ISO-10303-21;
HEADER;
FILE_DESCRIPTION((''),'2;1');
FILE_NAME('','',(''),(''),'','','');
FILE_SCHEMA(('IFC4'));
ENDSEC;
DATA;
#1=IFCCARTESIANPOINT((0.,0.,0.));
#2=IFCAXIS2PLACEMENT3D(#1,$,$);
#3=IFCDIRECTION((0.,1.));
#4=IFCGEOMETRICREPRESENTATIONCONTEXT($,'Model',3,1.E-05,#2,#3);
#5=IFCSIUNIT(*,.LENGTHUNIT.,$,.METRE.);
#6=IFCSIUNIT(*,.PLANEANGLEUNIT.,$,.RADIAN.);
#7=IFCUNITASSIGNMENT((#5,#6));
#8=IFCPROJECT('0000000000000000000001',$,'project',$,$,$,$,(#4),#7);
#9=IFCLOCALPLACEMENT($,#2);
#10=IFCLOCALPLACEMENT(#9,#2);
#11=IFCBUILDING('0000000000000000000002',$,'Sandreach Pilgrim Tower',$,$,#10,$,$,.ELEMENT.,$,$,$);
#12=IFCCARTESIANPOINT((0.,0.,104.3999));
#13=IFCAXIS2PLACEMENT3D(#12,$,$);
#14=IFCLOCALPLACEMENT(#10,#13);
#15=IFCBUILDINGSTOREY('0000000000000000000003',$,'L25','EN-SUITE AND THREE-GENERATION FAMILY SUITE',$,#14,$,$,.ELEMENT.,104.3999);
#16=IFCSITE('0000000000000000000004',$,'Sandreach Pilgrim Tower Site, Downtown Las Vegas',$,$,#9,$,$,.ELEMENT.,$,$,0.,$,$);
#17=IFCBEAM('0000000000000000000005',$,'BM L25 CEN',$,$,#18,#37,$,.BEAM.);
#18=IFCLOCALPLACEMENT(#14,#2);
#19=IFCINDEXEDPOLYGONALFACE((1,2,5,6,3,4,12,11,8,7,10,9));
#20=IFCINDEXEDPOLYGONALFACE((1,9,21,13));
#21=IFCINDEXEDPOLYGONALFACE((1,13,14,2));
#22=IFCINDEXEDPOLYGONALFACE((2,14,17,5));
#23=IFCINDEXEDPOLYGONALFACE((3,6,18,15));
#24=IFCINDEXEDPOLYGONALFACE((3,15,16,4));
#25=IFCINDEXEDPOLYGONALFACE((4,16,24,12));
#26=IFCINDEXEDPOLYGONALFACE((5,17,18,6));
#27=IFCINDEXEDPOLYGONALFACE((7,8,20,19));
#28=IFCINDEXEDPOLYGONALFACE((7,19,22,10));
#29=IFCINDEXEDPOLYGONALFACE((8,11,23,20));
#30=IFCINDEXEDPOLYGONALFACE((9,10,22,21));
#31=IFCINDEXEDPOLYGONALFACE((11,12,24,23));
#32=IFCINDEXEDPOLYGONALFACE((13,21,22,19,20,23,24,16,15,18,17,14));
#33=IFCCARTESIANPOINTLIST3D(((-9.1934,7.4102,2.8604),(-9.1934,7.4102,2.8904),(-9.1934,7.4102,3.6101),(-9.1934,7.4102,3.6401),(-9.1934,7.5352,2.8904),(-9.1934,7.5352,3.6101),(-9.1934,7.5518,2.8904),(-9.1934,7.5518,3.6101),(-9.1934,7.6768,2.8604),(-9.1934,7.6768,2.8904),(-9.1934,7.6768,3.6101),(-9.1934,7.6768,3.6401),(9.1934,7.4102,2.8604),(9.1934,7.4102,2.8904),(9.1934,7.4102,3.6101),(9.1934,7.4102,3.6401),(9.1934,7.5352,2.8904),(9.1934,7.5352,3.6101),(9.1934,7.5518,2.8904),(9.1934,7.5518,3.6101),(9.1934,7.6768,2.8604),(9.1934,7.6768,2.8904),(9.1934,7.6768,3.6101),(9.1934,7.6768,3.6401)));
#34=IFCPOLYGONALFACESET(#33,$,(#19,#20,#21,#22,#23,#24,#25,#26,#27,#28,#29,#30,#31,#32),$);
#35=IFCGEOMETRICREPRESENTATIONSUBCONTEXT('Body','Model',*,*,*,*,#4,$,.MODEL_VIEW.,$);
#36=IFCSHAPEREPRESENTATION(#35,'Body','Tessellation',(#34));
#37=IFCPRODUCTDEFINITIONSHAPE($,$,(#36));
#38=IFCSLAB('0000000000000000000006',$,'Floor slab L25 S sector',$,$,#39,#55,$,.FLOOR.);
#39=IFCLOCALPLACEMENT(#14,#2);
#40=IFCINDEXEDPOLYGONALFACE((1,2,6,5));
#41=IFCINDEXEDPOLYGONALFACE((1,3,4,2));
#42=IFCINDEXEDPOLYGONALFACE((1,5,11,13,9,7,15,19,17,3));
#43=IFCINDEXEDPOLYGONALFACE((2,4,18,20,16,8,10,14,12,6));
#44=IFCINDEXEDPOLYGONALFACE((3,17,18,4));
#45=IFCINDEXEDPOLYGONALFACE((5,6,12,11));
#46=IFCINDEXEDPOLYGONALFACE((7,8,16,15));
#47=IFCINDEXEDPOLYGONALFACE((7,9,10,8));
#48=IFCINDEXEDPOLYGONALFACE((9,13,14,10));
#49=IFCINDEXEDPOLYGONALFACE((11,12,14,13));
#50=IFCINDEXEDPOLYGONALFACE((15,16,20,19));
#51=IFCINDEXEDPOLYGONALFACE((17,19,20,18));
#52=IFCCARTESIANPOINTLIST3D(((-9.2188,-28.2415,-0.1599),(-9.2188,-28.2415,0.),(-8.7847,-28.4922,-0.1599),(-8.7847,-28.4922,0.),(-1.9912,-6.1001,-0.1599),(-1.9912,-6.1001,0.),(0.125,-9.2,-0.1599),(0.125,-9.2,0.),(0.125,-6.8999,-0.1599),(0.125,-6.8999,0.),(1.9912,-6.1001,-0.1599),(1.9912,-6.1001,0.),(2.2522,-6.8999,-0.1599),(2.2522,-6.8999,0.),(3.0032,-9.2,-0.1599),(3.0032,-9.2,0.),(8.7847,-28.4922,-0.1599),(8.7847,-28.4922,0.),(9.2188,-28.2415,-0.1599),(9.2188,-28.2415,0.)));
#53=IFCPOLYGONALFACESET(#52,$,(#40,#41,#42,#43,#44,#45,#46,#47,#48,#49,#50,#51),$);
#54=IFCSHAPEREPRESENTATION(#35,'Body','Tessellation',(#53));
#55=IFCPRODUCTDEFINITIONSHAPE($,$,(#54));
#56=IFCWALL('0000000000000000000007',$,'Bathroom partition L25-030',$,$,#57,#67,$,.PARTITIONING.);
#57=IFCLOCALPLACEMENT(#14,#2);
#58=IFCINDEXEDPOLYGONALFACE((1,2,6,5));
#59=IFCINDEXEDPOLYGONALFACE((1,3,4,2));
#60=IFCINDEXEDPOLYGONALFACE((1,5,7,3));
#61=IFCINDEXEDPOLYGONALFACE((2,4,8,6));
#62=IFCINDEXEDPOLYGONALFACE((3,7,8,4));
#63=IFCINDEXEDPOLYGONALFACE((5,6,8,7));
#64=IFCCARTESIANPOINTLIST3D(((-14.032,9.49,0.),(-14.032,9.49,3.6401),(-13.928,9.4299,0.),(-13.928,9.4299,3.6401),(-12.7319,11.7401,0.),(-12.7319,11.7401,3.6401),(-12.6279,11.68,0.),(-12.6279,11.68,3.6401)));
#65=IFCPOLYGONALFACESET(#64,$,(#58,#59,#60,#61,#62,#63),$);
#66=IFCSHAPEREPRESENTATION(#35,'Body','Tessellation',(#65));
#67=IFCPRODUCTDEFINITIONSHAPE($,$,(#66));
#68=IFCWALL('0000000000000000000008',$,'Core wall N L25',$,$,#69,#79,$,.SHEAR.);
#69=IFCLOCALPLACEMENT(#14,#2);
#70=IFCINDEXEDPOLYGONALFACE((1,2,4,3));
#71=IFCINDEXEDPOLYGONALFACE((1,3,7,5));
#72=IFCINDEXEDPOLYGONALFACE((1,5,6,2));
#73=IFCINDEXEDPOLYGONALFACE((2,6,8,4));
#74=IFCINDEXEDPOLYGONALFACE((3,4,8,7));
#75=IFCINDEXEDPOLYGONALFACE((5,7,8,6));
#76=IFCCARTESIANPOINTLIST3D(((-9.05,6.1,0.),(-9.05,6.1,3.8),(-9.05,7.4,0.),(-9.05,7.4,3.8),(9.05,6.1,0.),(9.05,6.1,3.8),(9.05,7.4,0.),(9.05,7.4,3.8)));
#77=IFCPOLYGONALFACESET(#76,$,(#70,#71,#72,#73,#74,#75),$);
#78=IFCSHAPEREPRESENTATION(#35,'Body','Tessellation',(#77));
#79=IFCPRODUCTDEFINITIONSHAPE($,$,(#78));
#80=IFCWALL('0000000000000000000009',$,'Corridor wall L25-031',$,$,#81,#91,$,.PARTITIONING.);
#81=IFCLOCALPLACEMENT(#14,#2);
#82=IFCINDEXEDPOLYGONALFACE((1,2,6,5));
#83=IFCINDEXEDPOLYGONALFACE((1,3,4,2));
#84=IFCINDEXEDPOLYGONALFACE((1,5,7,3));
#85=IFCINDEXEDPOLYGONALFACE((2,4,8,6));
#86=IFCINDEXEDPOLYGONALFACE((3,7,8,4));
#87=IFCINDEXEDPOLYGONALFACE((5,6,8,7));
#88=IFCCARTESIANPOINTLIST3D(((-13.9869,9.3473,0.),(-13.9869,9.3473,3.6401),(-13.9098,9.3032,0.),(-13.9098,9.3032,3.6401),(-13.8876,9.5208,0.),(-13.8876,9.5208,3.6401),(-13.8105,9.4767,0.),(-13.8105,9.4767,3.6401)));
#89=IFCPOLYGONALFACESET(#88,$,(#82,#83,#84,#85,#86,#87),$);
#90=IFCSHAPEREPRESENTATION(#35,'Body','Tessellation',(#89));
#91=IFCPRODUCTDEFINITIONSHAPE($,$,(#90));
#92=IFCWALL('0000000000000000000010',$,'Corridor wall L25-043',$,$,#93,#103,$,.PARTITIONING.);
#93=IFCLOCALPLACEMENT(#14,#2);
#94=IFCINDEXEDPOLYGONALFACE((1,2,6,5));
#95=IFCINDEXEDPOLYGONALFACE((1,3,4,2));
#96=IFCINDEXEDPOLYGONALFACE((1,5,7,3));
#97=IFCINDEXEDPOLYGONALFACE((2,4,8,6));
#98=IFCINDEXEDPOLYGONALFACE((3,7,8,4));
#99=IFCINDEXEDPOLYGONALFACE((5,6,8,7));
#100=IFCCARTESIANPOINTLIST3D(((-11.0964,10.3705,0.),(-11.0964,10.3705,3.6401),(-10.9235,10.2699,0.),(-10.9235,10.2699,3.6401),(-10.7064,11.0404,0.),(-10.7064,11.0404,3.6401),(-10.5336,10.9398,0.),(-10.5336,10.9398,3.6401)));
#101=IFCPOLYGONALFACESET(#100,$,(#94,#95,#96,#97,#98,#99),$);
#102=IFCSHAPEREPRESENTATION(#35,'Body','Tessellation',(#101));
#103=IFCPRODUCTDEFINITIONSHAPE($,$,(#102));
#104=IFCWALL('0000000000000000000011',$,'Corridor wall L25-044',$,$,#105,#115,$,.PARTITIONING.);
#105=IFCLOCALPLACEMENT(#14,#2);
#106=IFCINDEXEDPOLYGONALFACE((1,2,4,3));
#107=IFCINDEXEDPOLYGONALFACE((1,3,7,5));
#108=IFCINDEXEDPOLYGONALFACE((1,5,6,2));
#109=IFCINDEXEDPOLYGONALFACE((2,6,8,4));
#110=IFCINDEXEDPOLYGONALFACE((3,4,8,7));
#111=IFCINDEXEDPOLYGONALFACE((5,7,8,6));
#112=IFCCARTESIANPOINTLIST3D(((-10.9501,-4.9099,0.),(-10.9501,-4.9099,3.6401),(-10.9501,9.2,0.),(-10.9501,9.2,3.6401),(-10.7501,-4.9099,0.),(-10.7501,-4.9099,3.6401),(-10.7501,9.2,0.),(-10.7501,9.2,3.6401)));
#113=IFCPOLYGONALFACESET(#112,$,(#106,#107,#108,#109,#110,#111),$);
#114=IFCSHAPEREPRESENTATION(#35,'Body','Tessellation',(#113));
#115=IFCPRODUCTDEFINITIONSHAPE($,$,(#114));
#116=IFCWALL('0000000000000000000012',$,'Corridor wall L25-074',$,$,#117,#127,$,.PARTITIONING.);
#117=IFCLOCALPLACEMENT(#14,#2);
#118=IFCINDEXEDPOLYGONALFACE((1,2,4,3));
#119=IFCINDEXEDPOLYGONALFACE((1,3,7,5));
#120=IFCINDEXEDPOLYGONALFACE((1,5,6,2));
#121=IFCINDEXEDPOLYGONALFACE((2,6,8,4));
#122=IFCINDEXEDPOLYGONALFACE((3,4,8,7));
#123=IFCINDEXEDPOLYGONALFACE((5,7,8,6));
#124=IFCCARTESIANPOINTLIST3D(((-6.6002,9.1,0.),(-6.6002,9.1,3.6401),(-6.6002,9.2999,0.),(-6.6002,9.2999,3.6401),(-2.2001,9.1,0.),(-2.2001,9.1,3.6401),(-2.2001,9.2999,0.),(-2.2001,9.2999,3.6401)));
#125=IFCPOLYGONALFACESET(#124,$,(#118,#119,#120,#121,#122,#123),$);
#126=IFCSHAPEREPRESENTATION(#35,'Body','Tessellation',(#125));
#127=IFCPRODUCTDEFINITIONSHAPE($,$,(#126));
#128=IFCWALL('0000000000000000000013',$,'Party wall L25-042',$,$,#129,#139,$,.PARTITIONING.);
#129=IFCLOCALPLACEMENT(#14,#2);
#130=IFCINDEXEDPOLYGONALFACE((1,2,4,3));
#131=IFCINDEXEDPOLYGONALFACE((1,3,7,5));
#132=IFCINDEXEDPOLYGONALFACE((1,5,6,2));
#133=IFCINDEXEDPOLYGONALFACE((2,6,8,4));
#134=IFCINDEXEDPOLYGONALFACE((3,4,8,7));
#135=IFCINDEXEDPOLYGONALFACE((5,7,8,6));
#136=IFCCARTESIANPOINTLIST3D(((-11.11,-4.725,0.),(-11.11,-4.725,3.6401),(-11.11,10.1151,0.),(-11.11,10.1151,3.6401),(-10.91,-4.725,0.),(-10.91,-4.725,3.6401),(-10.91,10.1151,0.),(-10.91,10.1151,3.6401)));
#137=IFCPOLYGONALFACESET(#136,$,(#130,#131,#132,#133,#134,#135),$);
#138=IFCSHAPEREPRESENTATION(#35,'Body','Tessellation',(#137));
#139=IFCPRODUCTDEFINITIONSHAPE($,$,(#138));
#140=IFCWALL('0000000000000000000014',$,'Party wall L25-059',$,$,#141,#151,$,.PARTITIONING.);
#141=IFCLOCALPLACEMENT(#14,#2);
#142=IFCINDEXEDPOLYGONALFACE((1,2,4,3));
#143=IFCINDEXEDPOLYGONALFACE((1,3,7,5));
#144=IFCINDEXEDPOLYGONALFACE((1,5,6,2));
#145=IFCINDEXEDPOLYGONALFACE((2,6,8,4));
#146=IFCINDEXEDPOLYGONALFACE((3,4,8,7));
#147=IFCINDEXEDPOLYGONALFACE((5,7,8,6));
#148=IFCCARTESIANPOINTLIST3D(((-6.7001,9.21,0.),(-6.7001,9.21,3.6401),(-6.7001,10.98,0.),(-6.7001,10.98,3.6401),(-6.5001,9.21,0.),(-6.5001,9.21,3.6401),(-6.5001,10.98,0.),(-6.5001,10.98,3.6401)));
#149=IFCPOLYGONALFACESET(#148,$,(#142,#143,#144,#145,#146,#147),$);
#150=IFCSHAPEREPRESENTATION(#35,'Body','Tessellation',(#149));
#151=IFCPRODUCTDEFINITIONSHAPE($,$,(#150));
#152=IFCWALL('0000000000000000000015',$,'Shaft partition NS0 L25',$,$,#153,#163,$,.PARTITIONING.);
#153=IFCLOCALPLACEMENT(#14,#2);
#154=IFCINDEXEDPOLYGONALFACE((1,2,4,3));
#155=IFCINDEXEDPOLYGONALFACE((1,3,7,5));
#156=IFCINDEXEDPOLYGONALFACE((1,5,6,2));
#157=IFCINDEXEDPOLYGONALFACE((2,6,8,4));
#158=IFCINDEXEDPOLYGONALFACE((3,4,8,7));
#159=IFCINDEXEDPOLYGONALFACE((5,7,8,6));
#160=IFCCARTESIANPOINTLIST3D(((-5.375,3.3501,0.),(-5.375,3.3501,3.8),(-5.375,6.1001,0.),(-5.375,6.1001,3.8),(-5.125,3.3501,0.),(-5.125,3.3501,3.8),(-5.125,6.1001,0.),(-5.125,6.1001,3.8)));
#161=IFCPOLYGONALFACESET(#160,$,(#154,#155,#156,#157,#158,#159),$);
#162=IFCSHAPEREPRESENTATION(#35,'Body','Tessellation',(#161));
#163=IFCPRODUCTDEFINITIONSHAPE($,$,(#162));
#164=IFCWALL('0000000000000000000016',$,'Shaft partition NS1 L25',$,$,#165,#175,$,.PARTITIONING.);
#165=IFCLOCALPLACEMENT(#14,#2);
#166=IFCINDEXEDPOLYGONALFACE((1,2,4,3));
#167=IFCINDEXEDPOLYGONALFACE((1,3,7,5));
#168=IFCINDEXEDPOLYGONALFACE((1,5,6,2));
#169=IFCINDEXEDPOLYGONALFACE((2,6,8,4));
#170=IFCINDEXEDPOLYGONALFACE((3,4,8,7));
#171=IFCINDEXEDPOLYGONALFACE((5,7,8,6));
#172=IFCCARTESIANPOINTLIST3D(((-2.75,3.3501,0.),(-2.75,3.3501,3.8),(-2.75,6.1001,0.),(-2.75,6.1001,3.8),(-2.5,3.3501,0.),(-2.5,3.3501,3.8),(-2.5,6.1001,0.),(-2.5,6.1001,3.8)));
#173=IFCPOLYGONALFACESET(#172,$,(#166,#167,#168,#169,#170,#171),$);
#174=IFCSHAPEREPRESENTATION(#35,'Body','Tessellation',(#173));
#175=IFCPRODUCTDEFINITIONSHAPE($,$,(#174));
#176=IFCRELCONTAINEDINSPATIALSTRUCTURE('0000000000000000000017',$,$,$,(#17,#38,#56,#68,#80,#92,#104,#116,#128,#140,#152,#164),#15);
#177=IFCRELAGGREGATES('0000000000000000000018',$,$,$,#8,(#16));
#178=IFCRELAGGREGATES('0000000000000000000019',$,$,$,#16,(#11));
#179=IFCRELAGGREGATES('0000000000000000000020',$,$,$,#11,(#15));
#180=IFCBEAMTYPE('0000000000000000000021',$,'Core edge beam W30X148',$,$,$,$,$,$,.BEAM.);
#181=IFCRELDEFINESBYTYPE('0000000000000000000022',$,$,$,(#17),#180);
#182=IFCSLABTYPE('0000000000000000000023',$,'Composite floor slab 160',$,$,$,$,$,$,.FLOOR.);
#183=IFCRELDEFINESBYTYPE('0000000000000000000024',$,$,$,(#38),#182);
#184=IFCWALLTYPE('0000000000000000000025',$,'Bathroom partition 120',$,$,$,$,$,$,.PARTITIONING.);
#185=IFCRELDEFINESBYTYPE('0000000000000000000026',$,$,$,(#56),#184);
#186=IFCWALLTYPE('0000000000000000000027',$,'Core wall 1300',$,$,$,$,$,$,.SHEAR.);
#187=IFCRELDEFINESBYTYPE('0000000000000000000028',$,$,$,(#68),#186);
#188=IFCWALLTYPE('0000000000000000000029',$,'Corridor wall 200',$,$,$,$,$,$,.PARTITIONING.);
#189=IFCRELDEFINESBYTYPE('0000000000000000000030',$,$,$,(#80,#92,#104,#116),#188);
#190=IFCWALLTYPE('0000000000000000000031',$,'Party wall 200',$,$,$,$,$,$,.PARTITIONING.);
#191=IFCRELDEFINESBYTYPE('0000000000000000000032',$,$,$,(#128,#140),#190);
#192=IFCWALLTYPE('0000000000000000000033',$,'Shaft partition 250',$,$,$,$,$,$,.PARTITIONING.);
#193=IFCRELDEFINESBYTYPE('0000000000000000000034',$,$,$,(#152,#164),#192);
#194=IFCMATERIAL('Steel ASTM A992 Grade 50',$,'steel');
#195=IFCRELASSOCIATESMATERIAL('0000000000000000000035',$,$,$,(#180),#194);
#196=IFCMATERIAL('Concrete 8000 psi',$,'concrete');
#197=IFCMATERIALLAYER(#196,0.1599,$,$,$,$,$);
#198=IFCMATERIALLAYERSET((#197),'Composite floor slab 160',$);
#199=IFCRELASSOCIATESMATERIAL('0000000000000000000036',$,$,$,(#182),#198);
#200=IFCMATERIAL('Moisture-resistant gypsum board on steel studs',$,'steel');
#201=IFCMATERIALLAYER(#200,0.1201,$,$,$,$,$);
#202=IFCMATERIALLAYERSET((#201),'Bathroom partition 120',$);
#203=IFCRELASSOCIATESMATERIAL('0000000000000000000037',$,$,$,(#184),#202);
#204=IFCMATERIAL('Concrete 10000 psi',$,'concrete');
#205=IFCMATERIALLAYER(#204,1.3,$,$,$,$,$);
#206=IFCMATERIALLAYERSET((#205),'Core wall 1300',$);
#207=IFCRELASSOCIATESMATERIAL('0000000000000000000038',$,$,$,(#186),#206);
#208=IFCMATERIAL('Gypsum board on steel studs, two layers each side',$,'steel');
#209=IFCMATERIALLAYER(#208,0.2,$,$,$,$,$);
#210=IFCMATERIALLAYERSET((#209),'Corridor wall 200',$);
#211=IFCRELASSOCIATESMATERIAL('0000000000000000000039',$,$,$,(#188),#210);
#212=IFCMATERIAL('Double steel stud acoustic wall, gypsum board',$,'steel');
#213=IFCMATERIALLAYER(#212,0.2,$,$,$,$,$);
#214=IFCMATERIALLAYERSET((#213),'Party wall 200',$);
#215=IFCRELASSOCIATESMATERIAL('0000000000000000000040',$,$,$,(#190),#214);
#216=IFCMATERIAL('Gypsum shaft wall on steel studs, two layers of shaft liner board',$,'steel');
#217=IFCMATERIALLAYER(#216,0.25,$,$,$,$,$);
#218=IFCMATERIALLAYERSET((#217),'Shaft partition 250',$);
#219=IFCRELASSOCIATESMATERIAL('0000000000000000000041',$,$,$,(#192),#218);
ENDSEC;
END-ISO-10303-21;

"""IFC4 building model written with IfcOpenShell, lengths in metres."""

from ifc_helpers import new_model, si_unit, direction, frame, frame_2d, origin, origin_2d, place, context, subcontext, project, spatial, polyline, rectangle, i_section, outline, extrude, material, layer, layer_set, material_profile, profile_set, type_object, element, save


model = new_model("IFC4")

# Units and contexts
model_context = context("Model", 3, precision=1e-05, world=origin(), true_north=direction((0.0, 1.0)))
body_context = subcontext(model_context, "Body", "Model", "MODEL_VIEW")
ifc_project = project(units=[si_unit("LENGTHUNIT", "METRE"), si_unit("PLANEANGLEUNIT", "RADIAN")], contexts=[model_context])

# Site, building, storey
site_placement = place(None, origin())
site = spatial("IfcSite", under=ifc_project, at=site_placement, Name="Sandreach Pilgrim Tower Site, Downtown Las Vegas", CompositionType="ELEMENT", RefElevation=0.0)
building_placement = place(site_placement, origin())
building = spatial("IfcBuilding", under=site, at=building_placement, Name="Sandreach Pilgrim Tower", CompositionType="ELEMENT")
storey_placement = place(building_placement, frame((0.0, 0.0, 104.3999)))
storey = spatial("IfcBuildingStorey", under=building, at=storey_placement, Name="L25", Description="EN-SUITE AND THREE-GENERATION FAMILY SUITE", CompositionType="ELEMENT", Elevation=104.3999)

# Beam
ifc_material_1 = material(Name="Steel ASTM A992 Grade 50", Category="steel")
ifc_material_profile = material_profile(ifc_material_1, i_section(OverallWidth=0.2666, OverallDepth=0.7798, WebThickness=0.0166, FlangeThickness=0.03, at=origin_2d()), Name="W30X148")
ifc_profile_set = profile_set([ifc_material_profile], Name="Steel ASTM A992 Grade 50")
beam_type = type_object("IfcBeamType", Name="Core edge beam W30X148", PredefinedType="BEAM", material=ifc_profile_set)
beam_placement = place(storey_placement, frame((-9.1934, 7.5435, 3.2502), z_axis=(1.0, 0.0, 0.0), x_axis=(0.0, 1.0, 0.0)))
element("IfcBeam", 1, at=beam_placement, inside=storey, type_object=beam_type, Name="BM L25 CEN", PredefinedType="BEAM", context=body_context, shape_type="SweptSolid", body=[
    extrude(i_section(OverallWidth=0.2666, OverallDepth=0.7798, WebThickness=0.0166, FlangeThickness=0.03, at=origin_2d()), origin(), (0.0, 0.0, 1.0), 18.3867),
])

# Slab
ifc_material_2 = material(Name="Concrete 8000 psi", Category="concrete")
ifc_layer_1 = layer(ifc_material_2, 0.1599)
ifc_layer_set_1 = layer_set([ifc_layer_1], Name="Composite floor slab 160")
slab_type = type_object("IfcSlabType", Name="Composite floor slab 160", PredefinedType="FLOOR", material=ifc_layer_set_1)
slab_placement = place(storey_placement, frame((0.0, 0.0, -0.1599)))
element("IfcSlab", 2, at=slab_placement, inside=storey, type_object=slab_type, Name="Floor slab L25 S sector", PredefinedType="FLOOR", context=body_context, shape_type="SweptSolid", body=[
    extrude(outline(polyline([(8.7847, -28.4922), (-8.7847, -28.4922), (-9.2188, -28.2415), (-1.9912, -6.1001), (1.9912, -6.1001), (2.2522, -6.8999), (0.125, -6.8999), (0.125, -9.2), (3.0032, -9.2), (9.2188, -28.2415), (8.7847, -28.4922)])), origin(), (0.0, 0.0, 1.0), 0.1599),
])

# Wall
ifc_material_3 = material(Name="Moisture-resistant gypsum board on steel studs", Category="steel")
ifc_layer_2 = layer(ifc_material_3, 0.1201)
ifc_layer_set_2 = layer_set([ifc_layer_2], Name="Bathroom partition 120")
wall_type_1 = type_object("IfcWallType", Name="Bathroom partition 120", PredefinedType="PARTITIONING", material=ifc_layer_set_2)
wall_1_placement = place(storey_placement, frame((-13.98, 9.46, 0.0), z_axis=(0.0, 0.0, 1.0), x_axis=(0.500292, 0.865857, 0.0)))
element("IfcWall", 3, at=wall_1_placement, inside=storey, type_object=wall_type_1, Name="Bathroom partition L25-030", PredefinedType="PARTITIONING", context=body_context, shape_type="SweptSolid", body=[
    extrude(rectangle(XDim=2.5986, YDim=0.1201, at=frame_2d((1.2993, 0.0))), origin(), (0.0, 0.0, 1.0), 3.6401),
])

# Walls
ifc_material_4 = material(Name="Concrete 10000 psi", Category="concrete")
ifc_layer_3 = layer(ifc_material_4, 1.3)
ifc_layer_set_3 = layer_set([ifc_layer_3], Name="Core wall 1300")
wall_type_2 = type_object("IfcWallType", Name="Core wall 1300", PredefinedType="SHEAR", material=ifc_layer_set_3)
wall_2_placement = place(storey_placement, frame((-9.05, 6.75, 0.0), z_axis=(0.0, 0.0, 1.0), x_axis=(1.0, 0.0, 0.0)))
element("IfcWall", 4, at=wall_2_placement, inside=storey, type_object=wall_type_2, Name="Core wall N L25", PredefinedType="SHEAR", context=body_context, shape_type="SweptSolid", body=[
    extrude(rectangle(XDim=18.1001, YDim=1.3, at=frame_2d((9.05, 0.0))), origin(), (0.0, 0.0, 1.0), 3.8),
])
ifc_material_5 = material(Name="Gypsum board on steel studs, two layers each side", Category="steel")
ifc_layer_4 = layer(ifc_material_5, 0.2)
ifc_layer_set_4 = layer_set([ifc_layer_4], Name="Corridor wall 200")
wall_type_3 = type_object("IfcWallType", Name="Corridor wall 200", PredefinedType="PARTITIONING", material=ifc_layer_set_4)
wall_3_placement = place(storey_placement, frame((-13.9373, 9.4341, 0.0), z_axis=(0.0, 0.0, 1.0), x_axis=(0.867736, -0.497026, 0.0)))
element("IfcWall", 5, at=wall_3_placement, inside=storey, type_object=wall_type_3, Name="Corridor wall L25-031", PredefinedType="PARTITIONING", context=body_context, shape_type="SweptSolid", body=[
    extrude(rectangle(XDim=0.0889, YDim=0.2, at=frame_2d((0.0444, 0.0))), origin(), (0.0, 0.0, 1.0), 3.6401),
])
wall_4_placement = place(storey_placement, frame((-11.01, 10.3201, 0.0), z_axis=(0.0, 0.0, 1.0), x_axis=(0.503009, 0.864281, 0.0)))
element("IfcWall", 6, at=wall_4_placement, inside=storey, type_object=wall_type_3, Name="Corridor wall L25-043", PredefinedType="PARTITIONING", context=body_context, shape_type="SweptSolid", body=[
    extrude(rectangle(XDim=0.7751, YDim=0.2, at=frame_2d((0.3877, 0.0))), origin(), (0.0, 0.0, 1.0), 3.6401),
])
wall_5_placement = place(storey_placement, frame((-10.8501, 9.2, 0.0), z_axis=(0.0, 0.0, 1.0), x_axis=(0.0, -1.0, 0.0)))
element("IfcWall", 7, at=wall_5_placement, inside=storey, type_object=wall_type_3, Name="Corridor wall L25-044", PredefinedType="PARTITIONING", context=body_context, shape_type="SweptSolid", body=[
    extrude(rectangle(XDim=14.1099, YDim=0.2, at=frame_2d((7.0549, 0.0))), origin(), (0.0, 0.0, 1.0), 3.6401),
])

# Walls
wall_6_placement = place(storey_placement, frame((-2.2, 9.2, 0.0), z_axis=(0.0, 0.0, 1.0), x_axis=(-1.0, 0.0, 0.0)))
element("IfcWall", 8, at=wall_6_placement, inside=storey, type_object=wall_type_3, Name="Corridor wall L25-074", PredefinedType="PARTITIONING", context=body_context, shape_type="SweptSolid", body=[
    extrude(rectangle(XDim=4.4001, YDim=0.2, at=frame_2d((2.2002, 0.0))), origin(), (0.0, 0.0, 1.0), 3.6401),
])
ifc_material_6 = material(Name="Double steel stud acoustic wall, gypsum board", Category="steel")
ifc_layer_5 = layer(ifc_material_6, 0.2)
ifc_layer_set_5 = layer_set([ifc_layer_5], Name="Party wall 200")
wall_type_4 = type_object("IfcWallType", Name="Party wall 200", PredefinedType="PARTITIONING", material=ifc_layer_set_5)
wall_7_placement = place(storey_placement, frame((-11.01, 10.115, 0.0), z_axis=(0.0, 0.0, 1.0), x_axis=(0.0, -1.0, 0.0)))
element("IfcWall", 9, at=wall_7_placement, inside=storey, type_object=wall_type_4, Name="Party wall L25-042", PredefinedType="PARTITIONING", context=body_context, shape_type="SweptSolid", body=[
    extrude(rectangle(XDim=14.8401, YDim=0.2, at=frame_2d((7.4199, 0.0))), origin(), (0.0, 0.0, 1.0), 3.6401),
])
wall_8_placement = place(storey_placement, frame((-6.6001, 10.98, 0.0), z_axis=(0.0, 0.0, 1.0), x_axis=(0.0, -1.0, 0.0)))
element("IfcWall", 10, at=wall_8_placement, inside=storey, type_object=wall_type_4, Name="Party wall L25-059", PredefinedType="PARTITIONING", context=body_context, shape_type="SweptSolid", body=[
    extrude(rectangle(XDim=1.77, YDim=0.2, at=frame_2d((0.885, 0.0))), origin(), (0.0, 0.0, 1.0), 3.6401),
])
ifc_material_7 = material(Name="Gypsum shaft wall on steel studs, two layers of shaft liner board", Category="steel")
ifc_layer_6 = layer(ifc_material_7, 0.25)
ifc_layer_set_6 = layer_set([ifc_layer_6], Name="Shaft partition 250")
wall_type_5 = type_object("IfcWallType", Name="Shaft partition 250", PredefinedType="PARTITIONING", material=ifc_layer_set_6)
for number, where, z_axis, x_axis, name in (
    (11, (-5.25, 3.3501, 0.0), (0.0, 0.0, 1.0), (0.0, 1.0, 0.0), "Shaft partition NS0 L25"),
    (12, (-2.625, 3.3501, 0.0), (0.0, 0.0, 1.0), (0.0, 1.0, 0.0), "Shaft partition NS1 L25"),
):
    element("IfcWall", number, at=place(storey_placement, frame(where, z_axis=z_axis, x_axis=x_axis)), inside=storey, type_object=wall_type_5, Name=name, PredefinedType="PARTITIONING", context=body_context, shape_type="SweptSolid", body=[
        extrude(rectangle(XDim=2.75, YDim=0.25, at=frame_2d((1.375, 0.0))), origin(), (0.0, 0.0, 1.0), 3.8),
    ])

save(model, "model.ifc")
